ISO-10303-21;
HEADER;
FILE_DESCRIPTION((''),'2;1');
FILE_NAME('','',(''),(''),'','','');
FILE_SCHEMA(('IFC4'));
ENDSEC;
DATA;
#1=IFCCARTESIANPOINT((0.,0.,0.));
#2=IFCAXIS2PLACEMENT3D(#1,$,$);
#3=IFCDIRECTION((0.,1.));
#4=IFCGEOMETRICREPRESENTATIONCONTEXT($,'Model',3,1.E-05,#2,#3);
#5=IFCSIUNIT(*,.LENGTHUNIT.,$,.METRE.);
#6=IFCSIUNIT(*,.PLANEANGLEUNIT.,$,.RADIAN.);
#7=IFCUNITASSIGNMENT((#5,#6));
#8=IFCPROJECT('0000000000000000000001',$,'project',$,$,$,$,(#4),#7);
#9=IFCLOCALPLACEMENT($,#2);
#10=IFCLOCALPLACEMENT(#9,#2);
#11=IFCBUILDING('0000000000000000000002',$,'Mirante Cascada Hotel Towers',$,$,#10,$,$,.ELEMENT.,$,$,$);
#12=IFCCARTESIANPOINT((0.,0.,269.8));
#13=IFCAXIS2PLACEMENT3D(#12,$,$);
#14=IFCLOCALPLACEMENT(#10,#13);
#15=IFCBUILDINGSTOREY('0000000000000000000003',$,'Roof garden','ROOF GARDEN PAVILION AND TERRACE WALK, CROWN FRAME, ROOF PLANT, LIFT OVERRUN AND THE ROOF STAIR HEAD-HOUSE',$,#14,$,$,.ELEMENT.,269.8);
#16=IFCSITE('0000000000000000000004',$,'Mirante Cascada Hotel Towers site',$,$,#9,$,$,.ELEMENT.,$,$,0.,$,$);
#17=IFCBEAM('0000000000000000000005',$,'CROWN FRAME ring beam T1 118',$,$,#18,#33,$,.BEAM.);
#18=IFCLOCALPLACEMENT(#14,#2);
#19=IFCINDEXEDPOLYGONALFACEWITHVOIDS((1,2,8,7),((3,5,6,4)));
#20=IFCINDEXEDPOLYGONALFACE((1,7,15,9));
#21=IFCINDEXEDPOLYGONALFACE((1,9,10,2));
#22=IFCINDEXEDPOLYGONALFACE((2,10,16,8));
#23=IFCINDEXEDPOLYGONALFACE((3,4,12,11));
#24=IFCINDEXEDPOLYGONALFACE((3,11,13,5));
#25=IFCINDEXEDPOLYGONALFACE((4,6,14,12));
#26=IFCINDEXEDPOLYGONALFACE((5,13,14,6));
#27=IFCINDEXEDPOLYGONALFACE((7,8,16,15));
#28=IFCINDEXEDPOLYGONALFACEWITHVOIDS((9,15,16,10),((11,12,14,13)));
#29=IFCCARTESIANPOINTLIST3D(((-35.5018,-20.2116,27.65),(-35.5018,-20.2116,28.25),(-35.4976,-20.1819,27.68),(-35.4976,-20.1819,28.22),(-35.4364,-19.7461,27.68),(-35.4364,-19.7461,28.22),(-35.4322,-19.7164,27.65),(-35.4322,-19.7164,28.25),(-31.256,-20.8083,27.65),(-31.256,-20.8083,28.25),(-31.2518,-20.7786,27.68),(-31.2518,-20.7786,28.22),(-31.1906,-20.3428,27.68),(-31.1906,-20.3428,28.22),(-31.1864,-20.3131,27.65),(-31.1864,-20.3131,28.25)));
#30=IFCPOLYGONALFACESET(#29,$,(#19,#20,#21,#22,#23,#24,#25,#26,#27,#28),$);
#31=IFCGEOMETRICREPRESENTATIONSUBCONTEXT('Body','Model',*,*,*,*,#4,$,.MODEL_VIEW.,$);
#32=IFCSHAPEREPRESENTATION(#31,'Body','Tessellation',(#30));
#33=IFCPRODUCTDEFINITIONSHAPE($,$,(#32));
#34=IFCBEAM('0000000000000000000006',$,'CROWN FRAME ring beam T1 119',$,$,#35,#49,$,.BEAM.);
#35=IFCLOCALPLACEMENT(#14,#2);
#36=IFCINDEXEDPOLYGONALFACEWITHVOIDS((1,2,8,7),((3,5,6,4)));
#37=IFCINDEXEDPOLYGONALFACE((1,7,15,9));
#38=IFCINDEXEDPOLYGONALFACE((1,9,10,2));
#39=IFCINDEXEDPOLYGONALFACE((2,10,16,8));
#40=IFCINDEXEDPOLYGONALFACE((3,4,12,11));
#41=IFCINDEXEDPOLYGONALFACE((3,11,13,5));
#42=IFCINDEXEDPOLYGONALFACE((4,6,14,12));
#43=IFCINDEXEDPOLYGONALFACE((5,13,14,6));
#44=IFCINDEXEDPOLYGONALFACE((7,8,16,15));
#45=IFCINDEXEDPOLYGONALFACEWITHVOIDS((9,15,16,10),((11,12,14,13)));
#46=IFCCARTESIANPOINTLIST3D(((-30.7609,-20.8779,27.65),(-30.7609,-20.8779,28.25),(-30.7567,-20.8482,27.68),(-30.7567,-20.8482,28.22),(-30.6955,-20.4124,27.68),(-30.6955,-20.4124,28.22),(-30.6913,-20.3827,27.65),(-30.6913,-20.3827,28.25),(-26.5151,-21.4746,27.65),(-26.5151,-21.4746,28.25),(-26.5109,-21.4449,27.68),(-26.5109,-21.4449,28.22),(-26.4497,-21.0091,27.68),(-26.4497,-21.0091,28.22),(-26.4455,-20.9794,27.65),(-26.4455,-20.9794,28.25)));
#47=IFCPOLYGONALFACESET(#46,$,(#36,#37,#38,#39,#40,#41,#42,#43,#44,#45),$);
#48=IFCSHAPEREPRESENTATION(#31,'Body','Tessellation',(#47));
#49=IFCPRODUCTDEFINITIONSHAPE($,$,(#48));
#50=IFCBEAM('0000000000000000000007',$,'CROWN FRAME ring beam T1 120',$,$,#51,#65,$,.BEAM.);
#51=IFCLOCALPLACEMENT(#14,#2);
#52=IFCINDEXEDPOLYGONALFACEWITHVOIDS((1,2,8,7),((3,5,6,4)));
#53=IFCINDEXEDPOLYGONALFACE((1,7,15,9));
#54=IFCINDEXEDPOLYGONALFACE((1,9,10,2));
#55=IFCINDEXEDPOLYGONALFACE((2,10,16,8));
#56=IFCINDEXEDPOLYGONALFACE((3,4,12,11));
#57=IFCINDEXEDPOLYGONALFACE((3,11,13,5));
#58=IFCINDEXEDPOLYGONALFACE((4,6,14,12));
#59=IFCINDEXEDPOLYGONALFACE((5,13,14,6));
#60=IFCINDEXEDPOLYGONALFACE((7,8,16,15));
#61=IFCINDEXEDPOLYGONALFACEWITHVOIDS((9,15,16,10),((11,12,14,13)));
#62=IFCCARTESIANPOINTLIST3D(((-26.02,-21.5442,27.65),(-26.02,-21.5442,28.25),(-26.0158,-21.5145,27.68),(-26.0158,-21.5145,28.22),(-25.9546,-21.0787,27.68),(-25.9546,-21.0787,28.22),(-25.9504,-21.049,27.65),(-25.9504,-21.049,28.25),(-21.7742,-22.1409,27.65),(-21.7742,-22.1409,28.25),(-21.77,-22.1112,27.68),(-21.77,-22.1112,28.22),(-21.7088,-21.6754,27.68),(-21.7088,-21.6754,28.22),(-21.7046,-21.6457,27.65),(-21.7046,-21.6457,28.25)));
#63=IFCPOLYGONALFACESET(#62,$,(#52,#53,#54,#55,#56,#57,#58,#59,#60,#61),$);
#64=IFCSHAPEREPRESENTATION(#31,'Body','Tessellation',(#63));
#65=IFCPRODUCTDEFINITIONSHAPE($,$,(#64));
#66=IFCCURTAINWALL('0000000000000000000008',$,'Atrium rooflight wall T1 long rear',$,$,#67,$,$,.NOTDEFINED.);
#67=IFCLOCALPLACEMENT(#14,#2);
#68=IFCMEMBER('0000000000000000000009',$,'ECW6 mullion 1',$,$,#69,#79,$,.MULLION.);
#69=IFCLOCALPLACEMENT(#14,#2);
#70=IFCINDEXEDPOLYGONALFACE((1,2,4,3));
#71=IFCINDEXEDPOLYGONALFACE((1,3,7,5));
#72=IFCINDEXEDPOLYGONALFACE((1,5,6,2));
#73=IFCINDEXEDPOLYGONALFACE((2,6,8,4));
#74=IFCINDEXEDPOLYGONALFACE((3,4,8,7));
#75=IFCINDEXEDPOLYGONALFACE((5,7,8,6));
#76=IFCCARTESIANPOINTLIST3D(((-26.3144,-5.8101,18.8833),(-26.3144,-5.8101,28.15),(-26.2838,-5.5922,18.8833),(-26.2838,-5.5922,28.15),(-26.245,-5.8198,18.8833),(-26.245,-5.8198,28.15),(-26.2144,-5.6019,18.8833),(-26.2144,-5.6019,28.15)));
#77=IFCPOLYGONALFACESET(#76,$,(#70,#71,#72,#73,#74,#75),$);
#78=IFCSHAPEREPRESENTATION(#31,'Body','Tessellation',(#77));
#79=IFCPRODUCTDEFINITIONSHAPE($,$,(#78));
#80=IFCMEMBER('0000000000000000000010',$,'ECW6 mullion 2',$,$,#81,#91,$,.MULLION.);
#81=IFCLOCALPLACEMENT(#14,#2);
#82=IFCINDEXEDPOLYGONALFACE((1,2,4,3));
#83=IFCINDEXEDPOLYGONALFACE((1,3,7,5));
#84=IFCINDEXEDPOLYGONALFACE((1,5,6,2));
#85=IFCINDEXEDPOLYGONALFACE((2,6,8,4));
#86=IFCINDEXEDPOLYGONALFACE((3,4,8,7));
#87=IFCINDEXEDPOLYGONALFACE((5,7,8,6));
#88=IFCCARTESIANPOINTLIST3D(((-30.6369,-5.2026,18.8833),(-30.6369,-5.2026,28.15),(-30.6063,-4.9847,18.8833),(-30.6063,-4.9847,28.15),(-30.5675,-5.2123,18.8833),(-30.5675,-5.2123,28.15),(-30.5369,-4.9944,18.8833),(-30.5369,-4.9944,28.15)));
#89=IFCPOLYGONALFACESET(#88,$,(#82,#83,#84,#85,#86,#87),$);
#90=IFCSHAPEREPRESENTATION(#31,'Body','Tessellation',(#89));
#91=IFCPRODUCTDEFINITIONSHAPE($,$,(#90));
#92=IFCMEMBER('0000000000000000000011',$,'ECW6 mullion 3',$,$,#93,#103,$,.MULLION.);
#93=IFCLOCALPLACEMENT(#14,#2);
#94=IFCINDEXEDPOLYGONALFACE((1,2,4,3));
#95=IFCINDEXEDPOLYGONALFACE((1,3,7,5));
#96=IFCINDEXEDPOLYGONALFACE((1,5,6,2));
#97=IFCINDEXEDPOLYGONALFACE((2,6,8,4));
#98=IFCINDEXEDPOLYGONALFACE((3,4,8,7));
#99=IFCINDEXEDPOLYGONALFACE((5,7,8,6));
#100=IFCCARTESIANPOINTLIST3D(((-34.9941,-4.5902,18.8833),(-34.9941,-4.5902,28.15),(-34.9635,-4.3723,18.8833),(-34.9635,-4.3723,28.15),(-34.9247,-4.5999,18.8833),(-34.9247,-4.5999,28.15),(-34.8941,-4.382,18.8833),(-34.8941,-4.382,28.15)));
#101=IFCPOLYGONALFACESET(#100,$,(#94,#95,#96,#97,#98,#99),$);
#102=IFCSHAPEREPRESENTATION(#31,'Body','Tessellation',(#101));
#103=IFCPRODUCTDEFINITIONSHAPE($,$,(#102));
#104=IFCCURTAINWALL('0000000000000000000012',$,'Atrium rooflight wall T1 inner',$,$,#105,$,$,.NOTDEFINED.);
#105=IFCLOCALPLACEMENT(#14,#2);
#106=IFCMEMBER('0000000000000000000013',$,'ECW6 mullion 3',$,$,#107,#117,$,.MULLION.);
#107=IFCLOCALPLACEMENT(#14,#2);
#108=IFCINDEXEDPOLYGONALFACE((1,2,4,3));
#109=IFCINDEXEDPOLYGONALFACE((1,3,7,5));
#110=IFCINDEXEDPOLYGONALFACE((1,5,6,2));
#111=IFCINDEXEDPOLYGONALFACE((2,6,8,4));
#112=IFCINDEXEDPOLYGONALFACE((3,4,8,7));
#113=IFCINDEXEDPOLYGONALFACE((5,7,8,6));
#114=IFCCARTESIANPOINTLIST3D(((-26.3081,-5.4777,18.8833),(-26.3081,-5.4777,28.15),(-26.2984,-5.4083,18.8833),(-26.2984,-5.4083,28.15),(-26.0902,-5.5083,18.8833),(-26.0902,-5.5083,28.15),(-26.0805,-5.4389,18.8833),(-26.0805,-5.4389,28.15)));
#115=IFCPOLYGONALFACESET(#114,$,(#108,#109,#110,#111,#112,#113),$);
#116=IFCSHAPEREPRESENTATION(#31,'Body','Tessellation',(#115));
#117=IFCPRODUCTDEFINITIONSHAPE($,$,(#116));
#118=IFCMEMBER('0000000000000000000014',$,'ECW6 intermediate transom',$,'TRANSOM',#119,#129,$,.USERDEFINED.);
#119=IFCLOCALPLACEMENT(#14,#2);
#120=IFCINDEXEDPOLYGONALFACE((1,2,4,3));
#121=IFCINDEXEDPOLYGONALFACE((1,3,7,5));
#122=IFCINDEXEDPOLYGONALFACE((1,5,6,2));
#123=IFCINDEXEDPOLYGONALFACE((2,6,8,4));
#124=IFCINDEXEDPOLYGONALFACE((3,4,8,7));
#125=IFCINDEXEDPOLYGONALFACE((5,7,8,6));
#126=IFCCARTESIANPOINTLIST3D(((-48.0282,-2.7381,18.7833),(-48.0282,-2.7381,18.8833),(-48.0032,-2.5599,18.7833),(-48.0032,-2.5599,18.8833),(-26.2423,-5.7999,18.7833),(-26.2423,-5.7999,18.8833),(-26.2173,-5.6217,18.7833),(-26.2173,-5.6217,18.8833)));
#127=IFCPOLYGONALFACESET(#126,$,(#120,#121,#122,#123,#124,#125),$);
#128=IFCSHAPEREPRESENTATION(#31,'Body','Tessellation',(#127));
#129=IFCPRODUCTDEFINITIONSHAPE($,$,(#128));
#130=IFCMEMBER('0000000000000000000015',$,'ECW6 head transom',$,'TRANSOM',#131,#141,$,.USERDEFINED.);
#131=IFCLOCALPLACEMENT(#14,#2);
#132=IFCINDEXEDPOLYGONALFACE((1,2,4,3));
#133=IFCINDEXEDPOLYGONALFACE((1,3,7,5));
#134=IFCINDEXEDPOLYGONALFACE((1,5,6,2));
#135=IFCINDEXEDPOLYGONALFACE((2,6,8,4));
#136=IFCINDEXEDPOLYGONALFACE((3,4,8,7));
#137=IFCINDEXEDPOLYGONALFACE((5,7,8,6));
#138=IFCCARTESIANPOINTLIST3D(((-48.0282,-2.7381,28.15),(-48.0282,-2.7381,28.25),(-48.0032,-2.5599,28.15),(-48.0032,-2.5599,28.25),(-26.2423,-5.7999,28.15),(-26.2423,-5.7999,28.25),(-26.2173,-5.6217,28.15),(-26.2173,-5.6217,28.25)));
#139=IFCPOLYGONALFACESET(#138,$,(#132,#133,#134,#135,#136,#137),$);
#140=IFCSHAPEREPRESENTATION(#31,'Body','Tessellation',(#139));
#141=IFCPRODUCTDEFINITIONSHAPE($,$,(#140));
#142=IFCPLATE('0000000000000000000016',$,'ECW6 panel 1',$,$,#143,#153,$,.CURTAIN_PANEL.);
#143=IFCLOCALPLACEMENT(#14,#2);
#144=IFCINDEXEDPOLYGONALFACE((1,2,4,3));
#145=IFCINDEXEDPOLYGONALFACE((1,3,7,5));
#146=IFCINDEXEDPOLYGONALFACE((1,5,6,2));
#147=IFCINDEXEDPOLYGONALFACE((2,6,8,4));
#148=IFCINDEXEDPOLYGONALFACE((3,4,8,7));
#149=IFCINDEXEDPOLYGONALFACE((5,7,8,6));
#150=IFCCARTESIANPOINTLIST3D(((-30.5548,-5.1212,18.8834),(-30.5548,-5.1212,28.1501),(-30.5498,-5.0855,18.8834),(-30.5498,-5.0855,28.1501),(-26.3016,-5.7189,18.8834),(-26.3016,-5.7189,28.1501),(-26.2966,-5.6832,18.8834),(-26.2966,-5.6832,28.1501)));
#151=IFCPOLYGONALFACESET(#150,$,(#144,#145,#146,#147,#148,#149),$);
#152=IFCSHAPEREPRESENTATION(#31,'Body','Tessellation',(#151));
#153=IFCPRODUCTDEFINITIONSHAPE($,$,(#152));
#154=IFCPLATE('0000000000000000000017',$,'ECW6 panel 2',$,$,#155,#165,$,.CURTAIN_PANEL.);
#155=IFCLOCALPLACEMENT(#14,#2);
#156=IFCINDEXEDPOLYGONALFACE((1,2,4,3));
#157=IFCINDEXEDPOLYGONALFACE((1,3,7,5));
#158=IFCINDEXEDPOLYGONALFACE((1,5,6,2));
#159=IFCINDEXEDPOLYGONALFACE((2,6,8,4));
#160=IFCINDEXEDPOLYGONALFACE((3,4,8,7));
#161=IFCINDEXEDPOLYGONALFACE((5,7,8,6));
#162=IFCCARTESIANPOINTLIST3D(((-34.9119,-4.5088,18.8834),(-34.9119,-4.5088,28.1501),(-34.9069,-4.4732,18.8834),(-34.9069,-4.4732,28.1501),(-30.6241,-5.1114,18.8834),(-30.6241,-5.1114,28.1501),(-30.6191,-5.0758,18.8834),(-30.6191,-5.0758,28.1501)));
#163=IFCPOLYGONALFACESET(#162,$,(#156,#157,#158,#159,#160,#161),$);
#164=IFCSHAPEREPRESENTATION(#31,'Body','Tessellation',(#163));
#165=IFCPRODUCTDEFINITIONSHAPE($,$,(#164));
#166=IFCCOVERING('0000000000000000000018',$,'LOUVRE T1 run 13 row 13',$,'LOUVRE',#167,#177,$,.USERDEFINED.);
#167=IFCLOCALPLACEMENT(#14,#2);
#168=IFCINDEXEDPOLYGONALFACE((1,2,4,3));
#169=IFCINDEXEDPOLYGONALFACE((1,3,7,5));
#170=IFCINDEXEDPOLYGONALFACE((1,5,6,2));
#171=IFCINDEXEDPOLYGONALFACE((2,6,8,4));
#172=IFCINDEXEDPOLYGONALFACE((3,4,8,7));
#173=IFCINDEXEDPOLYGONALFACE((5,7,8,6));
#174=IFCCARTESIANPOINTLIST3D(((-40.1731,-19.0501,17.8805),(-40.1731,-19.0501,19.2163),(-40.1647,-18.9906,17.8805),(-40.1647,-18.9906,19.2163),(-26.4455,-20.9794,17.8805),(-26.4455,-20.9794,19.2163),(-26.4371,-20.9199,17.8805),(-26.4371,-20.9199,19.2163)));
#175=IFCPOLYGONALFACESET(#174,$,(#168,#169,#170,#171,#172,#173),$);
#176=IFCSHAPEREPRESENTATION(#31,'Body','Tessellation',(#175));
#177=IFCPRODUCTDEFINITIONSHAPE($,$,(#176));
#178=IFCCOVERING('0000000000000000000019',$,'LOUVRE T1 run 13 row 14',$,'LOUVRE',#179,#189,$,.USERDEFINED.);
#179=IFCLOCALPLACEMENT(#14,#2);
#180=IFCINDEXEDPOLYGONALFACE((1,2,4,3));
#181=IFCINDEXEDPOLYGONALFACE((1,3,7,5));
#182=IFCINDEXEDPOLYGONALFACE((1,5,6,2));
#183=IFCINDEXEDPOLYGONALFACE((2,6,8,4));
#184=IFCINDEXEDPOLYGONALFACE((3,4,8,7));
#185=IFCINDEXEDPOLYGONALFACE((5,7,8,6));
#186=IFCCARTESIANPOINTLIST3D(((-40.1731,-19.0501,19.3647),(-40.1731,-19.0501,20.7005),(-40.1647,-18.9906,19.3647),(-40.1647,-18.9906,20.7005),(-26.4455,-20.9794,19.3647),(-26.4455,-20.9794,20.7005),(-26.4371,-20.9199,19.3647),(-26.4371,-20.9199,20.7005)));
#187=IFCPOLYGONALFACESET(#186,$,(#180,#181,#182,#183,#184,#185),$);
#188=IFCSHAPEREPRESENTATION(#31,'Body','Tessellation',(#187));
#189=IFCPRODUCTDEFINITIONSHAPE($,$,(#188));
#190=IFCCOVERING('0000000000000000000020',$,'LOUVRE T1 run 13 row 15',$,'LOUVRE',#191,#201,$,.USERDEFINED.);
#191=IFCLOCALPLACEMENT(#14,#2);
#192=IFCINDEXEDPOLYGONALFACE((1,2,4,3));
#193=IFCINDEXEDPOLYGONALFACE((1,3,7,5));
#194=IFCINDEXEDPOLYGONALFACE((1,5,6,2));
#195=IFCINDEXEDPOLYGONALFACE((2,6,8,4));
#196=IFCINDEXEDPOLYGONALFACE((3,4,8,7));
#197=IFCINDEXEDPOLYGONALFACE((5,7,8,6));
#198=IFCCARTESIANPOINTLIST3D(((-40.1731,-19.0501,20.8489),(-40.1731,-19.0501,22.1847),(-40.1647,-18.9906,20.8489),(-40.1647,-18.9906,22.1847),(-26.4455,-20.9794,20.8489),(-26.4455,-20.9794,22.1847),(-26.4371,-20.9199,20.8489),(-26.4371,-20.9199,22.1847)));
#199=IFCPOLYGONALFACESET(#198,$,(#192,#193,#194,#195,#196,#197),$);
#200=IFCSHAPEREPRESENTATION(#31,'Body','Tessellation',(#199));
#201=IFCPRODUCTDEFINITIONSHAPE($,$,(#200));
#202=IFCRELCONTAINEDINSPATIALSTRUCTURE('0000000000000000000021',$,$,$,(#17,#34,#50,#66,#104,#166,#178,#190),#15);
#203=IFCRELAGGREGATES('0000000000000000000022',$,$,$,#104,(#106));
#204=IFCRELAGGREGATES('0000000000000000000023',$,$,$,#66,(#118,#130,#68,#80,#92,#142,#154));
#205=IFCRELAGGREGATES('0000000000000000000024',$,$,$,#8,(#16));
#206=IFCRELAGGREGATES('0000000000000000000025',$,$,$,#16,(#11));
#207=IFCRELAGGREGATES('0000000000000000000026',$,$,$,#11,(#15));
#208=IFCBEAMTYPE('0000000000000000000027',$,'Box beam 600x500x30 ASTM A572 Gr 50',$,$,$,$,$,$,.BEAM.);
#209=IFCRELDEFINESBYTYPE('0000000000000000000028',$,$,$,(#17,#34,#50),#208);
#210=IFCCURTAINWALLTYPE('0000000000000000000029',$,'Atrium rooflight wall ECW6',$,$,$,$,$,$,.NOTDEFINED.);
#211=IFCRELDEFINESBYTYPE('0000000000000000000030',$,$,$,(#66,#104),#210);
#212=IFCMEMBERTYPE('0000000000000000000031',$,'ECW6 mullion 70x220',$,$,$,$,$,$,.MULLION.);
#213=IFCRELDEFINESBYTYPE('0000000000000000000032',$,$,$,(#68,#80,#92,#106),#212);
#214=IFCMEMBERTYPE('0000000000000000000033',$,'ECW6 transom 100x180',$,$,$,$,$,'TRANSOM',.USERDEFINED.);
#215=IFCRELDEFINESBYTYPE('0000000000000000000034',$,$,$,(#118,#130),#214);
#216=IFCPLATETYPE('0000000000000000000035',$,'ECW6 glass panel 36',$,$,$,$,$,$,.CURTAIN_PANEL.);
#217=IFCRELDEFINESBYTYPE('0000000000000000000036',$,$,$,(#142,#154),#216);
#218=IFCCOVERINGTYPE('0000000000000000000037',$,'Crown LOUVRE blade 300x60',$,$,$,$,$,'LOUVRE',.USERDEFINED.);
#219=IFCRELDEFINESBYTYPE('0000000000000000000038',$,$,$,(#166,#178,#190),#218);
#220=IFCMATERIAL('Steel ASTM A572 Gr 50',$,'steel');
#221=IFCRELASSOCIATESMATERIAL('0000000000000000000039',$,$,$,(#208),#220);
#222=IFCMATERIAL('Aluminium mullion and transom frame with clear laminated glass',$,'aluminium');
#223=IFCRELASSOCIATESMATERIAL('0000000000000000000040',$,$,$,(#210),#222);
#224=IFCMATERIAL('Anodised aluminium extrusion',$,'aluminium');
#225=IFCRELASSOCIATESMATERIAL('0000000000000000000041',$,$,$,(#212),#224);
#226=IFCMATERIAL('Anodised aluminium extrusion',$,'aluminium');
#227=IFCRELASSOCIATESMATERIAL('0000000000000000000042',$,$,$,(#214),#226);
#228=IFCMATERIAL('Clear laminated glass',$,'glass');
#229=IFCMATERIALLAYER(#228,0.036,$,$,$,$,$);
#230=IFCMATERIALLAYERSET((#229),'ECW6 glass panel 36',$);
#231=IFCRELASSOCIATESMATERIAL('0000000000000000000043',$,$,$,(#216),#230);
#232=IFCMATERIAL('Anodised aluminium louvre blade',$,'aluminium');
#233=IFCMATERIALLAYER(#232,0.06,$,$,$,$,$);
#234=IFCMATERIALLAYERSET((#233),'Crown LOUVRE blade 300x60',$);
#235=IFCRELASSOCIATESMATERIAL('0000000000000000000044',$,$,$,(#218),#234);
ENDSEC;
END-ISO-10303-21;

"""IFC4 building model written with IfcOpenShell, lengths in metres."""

from ifc_helpers import new_model, si_unit, direction, frame, origin, origin_2d, place, context, subcontext, project, spatial, rectangle, hollow_rectangle, extrude, material, layer, layer_set, material_profile, profile_set, type_object, element, aggregate, save


model = new_model("IFC4")

# Units and contexts
model_context = context("Model", 3, precision=1e-05, world=origin(), true_north=direction((0.0, 1.0)))
body_context = subcontext(model_context, "Body", "Model", "MODEL_VIEW")
ifc_project = project(units=[si_unit("LENGTHUNIT", "METRE"), si_unit("PLANEANGLEUNIT", "RADIAN")], contexts=[model_context])

# Site, building, storey
site_placement = place(None, origin())
site = spatial("IfcSite", under=ifc_project, at=site_placement, Name="Mirante Cascada Hotel Towers site", CompositionType="ELEMENT", RefElevation=0.0)
building_placement = place(site_placement, origin())
building = spatial("IfcBuilding", under=site, at=building_placement, Name="Mirante Cascada Hotel Towers", CompositionType="ELEMENT")
storey_placement = place(building_placement, frame((0.0, 0.0, 269.8)))
storey = spatial("IfcBuildingStorey", under=building, at=storey_placement, Name="Roof garden", Description="ROOF GARDEN PAVILION AND TERRACE WALK, CROWN FRAME, ROOF PLANT, LIFT OVERRUN AND THE ROOF STAIR HEAD-HOUSE", CompositionType="ELEMENT", Elevation=269.8)

# Beams
ifc_material_1 = material(Name="Steel ASTM A572 Gr 50", Category="steel")
ifc_material_profile_1 = material_profile(ifc_material_1, hollow_rectangle(XDim=0.5, YDim=0.6, WallThickness=0.03, at=origin_2d()), Name="Box beam 600x500x30 ASTM A572 Gr 50")
ifc_profile_set_1 = profile_set([ifc_material_profile_1], Name="Steel ASTM A572 Gr 50")
beam_type = type_object("IfcBeamType", Name="Box beam 600x500x30 ASTM A572 Gr 50", PredefinedType="BEAM", material=ifc_profile_set_1)
for number, where, z_axis, x_axis, name in (
    (1, (-35.467, -19.964, 27.95), (0.990268, -0.139171, 0.0), (0.139171, 0.990268, 0.0), "CROWN FRAME ring beam T1 118"),
    (2, (-30.7261, -20.6303, 27.95), (0.990268, -0.139171, 0.0), (0.139171, 0.990268, 0.0), "CROWN FRAME ring beam T1 119"),
    (3, (-25.9852, -21.2966, 27.95), (0.990268, -0.139171, 0.0), (0.139171, 0.990268, 0.0), "CROWN FRAME ring beam T1 120"),
):
    element("IfcBeam", number, at=place(storey_placement, frame(where, z_axis=z_axis, x_axis=x_axis)), inside=storey, type_object=beam_type, Name=name, PredefinedType="BEAM", context=body_context, shape_type="SweptSolid", body=[
        extrude(hollow_rectangle(XDim=0.5, YDim=0.6, WallThickness=0.03, at=origin_2d()), origin(), (0.0, 0.0, 1.0), 4.2875),
    ])

# Curtain wall, members
ifc_material_2 = material(Name="Aluminium mullion and transom frame with clear laminated glass", Category="aluminium")
curtain_wall_type = type_object("IfcCurtainWallType", Name="Atrium rooflight wall ECW6", PredefinedType="NOTDEFINED", material=ifc_material_2)
curtain_wall_1_placement = place(storey_placement, origin())
curtain_wall_1 = element("IfcCurtainWall", 4, at=curtain_wall_1_placement, inside=storey, type_object=curtain_wall_type, Name="Atrium rooflight wall T1 long rear", PredefinedType="NOTDEFINED")
ifc_material_3 = material(Name="Anodised aluminium extrusion", Category="aluminium")
ifc_material_profile_2 = material_profile(ifc_material_3, rectangle(XDim=0.22, YDim=0.07, at=origin_2d()), Name="ECW6 MULLION 70x220")
ifc_profile_set_2 = profile_set([ifc_material_profile_2], Name="Anodised aluminium extrusion")
member_type_1 = type_object("IfcMemberType", Name="ECW6 mullion 70x220", PredefinedType="MULLION", material=ifc_profile_set_2)
member_1_placement = place(storey_placement, frame((-26.2644, -5.706, 18.8833), z_axis=(0.0, 0.0, 1.0), x_axis=(-0.139173, -0.990268, 0.0)))
member_1 = element("IfcMember", 5, at=member_1_placement, type_object=member_type_1, Name="ECW6 mullion 1", PredefinedType="MULLION", context=body_context, shape_type="SweptSolid", body=[
    extrude(rectangle(XDim=0.22, YDim=0.07, at=origin_2d()), origin(), (0.0, 0.0, 1.0), 9.2667),
])
member_2_placement = place(storey_placement, frame((-30.5869, -5.0985, 18.8833), z_axis=(0.0, 0.0, 1.0), x_axis=(-0.139173, -0.990268, 0.0)))
member_2 = element("IfcMember", 6, at=member_2_placement, type_object=member_type_1, Name="ECW6 mullion 2", PredefinedType="MULLION", context=body_context, shape_type="SweptSolid", body=[
    extrude(rectangle(XDim=0.22, YDim=0.07, at=origin_2d()), origin(), (0.0, 0.0, 1.0), 9.2667),
])
member_3_placement = place(storey_placement, frame((-34.9441, -4.4861, 18.8833), z_axis=(0.0, 0.0, 1.0), x_axis=(-0.139173, -0.990268, 0.0)))
member_3 = element("IfcMember", 7, at=member_3_placement, type_object=member_type_1, Name="ECW6 mullion 3", PredefinedType="MULLION", context=body_context, shape_type="SweptSolid", body=[
    extrude(rectangle(XDim=0.22, YDim=0.07, at=origin_2d()), origin(), (0.0, 0.0, 1.0), 9.2667),
])

# Curtain wall, member
curtain_wall_2_placement = place(storey_placement, origin())
curtain_wall_2 = element("IfcCurtainWall", 8, at=curtain_wall_2_placement, inside=storey, type_object=curtain_wall_type, Name="Atrium rooflight wall T1 inner", PredefinedType="NOTDEFINED")
member_4_placement = place(storey_placement, frame((-26.1943, -5.4583, 18.8833), z_axis=(0.0, 0.0, 1.0), x_axis=(0.990268, -0.139173, 0.0)))
member_4 = element("IfcMember", 9, at=member_4_placement, type_object=member_type_1, Name="ECW6 mullion 3", PredefinedType="MULLION", context=body_context, shape_type="SweptSolid", body=[
    extrude(rectangle(XDim=0.22, YDim=0.07, at=origin_2d()), origin(), (0.0, 0.0, 1.0), 9.2667),
])
aggregate(curtain_wall_2, [member_4])

# Members
ifc_material_4 = material(Name="Anodised aluminium extrusion", Category="aluminium")
ifc_material_profile_3 = material_profile(ifc_material_4, rectangle(XDim=0.18, YDim=0.1, at=origin_2d()), Name="ECW6 TRANSOM 100x180")
ifc_profile_set_3 = profile_set([ifc_material_profile_3], Name="Anodised aluminium extrusion")
member_type_2 = type_object("IfcMemberType", Name="ECW6 transom 100x180", ElementType="TRANSOM", PredefinedType="USERDEFINED", material=ifc_profile_set_3)
member_5_placement = place(storey_placement, frame((-26.2298, -5.7108, 18.8333), z_axis=(-0.990268, 0.139173, 0.0), x_axis=(-0.139173, -0.990268, 0.0)))
member_5 = element("IfcMember", 10, at=member_5_placement, type_object=member_type_2, Name="ECW6 intermediate transom", ObjectType="TRANSOM", PredefinedType="USERDEFINED", context=body_context, shape_type="SweptSolid", body=[
    extrude(rectangle(XDim=0.18, YDim=0.1, at=origin_2d()), origin(), (0.0, 0.0, 1.0), 22.0),
])
member_6_placement = place(storey_placement, frame((-26.2298, -5.7108, 28.2), z_axis=(-0.990268, 0.139173, 0.0), x_axis=(-0.139173, -0.990268, 0.0)))
member_6 = element("IfcMember", 11, at=member_6_placement, type_object=member_type_2, Name="ECW6 head transom", ObjectType="TRANSOM", PredefinedType="USERDEFINED", context=body_context, shape_type="SweptSolid", body=[
    extrude(rectangle(XDim=0.18, YDim=0.1, at=origin_2d()), origin(), (0.0, 0.0, 1.0), 22.0),
])

# Plates
ifc_material_5 = material(Name="Clear laminated glass", Category="glass")
ifc_layer_1 = layer(ifc_material_5, 0.036)
ifc_layer_set_1 = layer_set([ifc_layer_1], Name="ECW6 glass panel 36")
plate_type = type_object("IfcPlateType", Name="ECW6 glass panel 36", PredefinedType="CURTAIN_PANEL", material=ifc_layer_set_1)
plate_1_placement = place(storey_placement, frame((-28.4257, -5.4022, 18.8834), z_axis=(0.0, 0.0, 1.0), x_axis=(-0.990268, 0.139173, 0.0)))
plate_1 = element("IfcPlate", 12, at=plate_1_placement, type_object=plate_type, Name="ECW6 panel 1", PredefinedType="CURTAIN_PANEL", context=body_context, shape_type="SweptSolid", body=[
    extrude(rectangle(XDim=4.295, YDim=0.036, at=origin_2d()), origin(), (0.0, 0.0, 1.0), 9.2667),
])
plate_2_placement = place(storey_placement, frame((-32.7655, -4.7923, 18.8834), z_axis=(0.0, 0.0, 1.0), x_axis=(-0.990268, 0.139173, 0.0)))
plate_2 = element("IfcPlate", 13, at=plate_2_placement, type_object=plate_type, Name="ECW6 panel 2", PredefinedType="CURTAIN_PANEL", context=body_context, shape_type="SweptSolid", body=[
    extrude(rectangle(XDim=4.33, YDim=0.036, at=origin_2d()), origin(), (0.0, 0.0, 1.0), 9.2667),
])
aggregate(curtain_wall_1, [member_5, member_6, member_1, member_2, member_3, plate_1, plate_2])

# Coverings
ifc_material_6 = material(Name="Anodised aluminium louvre blade", Category="aluminium")
ifc_layer_2 = layer(ifc_material_6, 0.06)
ifc_layer_set_2 = layer_set([ifc_layer_2], Name="Crown LOUVRE blade 300x60")
covering_type_1 = type_object("IfcCoveringType", Name="Crown LOUVRE blade 300x60", ElementType="LOUVRE", PredefinedType="USERDEFINED", material=ifc_layer_set_2)
for number, where, z_axis, x_axis, name in (
    (14, (-33.3051, -19.985, 17.8805), (0.0, 0.0, 1.0), (0.990268, -0.139173, 0.0), "LOUVRE T1 run 13 row 13"),
    (15, (-33.3051, -19.985, 19.3647), (0.0, 0.0, 1.0), (0.990268, -0.139173, 0.0), "LOUVRE T1 run 13 row 14"),
    (16, (-33.3051, -19.985, 20.8489), (0.0, 0.0, 1.0), (0.990268, -0.139173, 0.0), "LOUVRE T1 run 13 row 15"),
):
    element("IfcCovering", number, at=place(storey_placement, frame(where, z_axis=z_axis, x_axis=x_axis)), inside=storey, type_object=covering_type_1, Name=name, ObjectType="LOUVRE", PredefinedType="USERDEFINED", context=body_context, shape_type="SweptSolid", body=[
        extrude(rectangle(XDim=13.8625, YDim=0.06, at=origin_2d()), origin(), (0.0, 0.0, 1.0), 1.3358),
    ])

save(model, "model.ifc")
